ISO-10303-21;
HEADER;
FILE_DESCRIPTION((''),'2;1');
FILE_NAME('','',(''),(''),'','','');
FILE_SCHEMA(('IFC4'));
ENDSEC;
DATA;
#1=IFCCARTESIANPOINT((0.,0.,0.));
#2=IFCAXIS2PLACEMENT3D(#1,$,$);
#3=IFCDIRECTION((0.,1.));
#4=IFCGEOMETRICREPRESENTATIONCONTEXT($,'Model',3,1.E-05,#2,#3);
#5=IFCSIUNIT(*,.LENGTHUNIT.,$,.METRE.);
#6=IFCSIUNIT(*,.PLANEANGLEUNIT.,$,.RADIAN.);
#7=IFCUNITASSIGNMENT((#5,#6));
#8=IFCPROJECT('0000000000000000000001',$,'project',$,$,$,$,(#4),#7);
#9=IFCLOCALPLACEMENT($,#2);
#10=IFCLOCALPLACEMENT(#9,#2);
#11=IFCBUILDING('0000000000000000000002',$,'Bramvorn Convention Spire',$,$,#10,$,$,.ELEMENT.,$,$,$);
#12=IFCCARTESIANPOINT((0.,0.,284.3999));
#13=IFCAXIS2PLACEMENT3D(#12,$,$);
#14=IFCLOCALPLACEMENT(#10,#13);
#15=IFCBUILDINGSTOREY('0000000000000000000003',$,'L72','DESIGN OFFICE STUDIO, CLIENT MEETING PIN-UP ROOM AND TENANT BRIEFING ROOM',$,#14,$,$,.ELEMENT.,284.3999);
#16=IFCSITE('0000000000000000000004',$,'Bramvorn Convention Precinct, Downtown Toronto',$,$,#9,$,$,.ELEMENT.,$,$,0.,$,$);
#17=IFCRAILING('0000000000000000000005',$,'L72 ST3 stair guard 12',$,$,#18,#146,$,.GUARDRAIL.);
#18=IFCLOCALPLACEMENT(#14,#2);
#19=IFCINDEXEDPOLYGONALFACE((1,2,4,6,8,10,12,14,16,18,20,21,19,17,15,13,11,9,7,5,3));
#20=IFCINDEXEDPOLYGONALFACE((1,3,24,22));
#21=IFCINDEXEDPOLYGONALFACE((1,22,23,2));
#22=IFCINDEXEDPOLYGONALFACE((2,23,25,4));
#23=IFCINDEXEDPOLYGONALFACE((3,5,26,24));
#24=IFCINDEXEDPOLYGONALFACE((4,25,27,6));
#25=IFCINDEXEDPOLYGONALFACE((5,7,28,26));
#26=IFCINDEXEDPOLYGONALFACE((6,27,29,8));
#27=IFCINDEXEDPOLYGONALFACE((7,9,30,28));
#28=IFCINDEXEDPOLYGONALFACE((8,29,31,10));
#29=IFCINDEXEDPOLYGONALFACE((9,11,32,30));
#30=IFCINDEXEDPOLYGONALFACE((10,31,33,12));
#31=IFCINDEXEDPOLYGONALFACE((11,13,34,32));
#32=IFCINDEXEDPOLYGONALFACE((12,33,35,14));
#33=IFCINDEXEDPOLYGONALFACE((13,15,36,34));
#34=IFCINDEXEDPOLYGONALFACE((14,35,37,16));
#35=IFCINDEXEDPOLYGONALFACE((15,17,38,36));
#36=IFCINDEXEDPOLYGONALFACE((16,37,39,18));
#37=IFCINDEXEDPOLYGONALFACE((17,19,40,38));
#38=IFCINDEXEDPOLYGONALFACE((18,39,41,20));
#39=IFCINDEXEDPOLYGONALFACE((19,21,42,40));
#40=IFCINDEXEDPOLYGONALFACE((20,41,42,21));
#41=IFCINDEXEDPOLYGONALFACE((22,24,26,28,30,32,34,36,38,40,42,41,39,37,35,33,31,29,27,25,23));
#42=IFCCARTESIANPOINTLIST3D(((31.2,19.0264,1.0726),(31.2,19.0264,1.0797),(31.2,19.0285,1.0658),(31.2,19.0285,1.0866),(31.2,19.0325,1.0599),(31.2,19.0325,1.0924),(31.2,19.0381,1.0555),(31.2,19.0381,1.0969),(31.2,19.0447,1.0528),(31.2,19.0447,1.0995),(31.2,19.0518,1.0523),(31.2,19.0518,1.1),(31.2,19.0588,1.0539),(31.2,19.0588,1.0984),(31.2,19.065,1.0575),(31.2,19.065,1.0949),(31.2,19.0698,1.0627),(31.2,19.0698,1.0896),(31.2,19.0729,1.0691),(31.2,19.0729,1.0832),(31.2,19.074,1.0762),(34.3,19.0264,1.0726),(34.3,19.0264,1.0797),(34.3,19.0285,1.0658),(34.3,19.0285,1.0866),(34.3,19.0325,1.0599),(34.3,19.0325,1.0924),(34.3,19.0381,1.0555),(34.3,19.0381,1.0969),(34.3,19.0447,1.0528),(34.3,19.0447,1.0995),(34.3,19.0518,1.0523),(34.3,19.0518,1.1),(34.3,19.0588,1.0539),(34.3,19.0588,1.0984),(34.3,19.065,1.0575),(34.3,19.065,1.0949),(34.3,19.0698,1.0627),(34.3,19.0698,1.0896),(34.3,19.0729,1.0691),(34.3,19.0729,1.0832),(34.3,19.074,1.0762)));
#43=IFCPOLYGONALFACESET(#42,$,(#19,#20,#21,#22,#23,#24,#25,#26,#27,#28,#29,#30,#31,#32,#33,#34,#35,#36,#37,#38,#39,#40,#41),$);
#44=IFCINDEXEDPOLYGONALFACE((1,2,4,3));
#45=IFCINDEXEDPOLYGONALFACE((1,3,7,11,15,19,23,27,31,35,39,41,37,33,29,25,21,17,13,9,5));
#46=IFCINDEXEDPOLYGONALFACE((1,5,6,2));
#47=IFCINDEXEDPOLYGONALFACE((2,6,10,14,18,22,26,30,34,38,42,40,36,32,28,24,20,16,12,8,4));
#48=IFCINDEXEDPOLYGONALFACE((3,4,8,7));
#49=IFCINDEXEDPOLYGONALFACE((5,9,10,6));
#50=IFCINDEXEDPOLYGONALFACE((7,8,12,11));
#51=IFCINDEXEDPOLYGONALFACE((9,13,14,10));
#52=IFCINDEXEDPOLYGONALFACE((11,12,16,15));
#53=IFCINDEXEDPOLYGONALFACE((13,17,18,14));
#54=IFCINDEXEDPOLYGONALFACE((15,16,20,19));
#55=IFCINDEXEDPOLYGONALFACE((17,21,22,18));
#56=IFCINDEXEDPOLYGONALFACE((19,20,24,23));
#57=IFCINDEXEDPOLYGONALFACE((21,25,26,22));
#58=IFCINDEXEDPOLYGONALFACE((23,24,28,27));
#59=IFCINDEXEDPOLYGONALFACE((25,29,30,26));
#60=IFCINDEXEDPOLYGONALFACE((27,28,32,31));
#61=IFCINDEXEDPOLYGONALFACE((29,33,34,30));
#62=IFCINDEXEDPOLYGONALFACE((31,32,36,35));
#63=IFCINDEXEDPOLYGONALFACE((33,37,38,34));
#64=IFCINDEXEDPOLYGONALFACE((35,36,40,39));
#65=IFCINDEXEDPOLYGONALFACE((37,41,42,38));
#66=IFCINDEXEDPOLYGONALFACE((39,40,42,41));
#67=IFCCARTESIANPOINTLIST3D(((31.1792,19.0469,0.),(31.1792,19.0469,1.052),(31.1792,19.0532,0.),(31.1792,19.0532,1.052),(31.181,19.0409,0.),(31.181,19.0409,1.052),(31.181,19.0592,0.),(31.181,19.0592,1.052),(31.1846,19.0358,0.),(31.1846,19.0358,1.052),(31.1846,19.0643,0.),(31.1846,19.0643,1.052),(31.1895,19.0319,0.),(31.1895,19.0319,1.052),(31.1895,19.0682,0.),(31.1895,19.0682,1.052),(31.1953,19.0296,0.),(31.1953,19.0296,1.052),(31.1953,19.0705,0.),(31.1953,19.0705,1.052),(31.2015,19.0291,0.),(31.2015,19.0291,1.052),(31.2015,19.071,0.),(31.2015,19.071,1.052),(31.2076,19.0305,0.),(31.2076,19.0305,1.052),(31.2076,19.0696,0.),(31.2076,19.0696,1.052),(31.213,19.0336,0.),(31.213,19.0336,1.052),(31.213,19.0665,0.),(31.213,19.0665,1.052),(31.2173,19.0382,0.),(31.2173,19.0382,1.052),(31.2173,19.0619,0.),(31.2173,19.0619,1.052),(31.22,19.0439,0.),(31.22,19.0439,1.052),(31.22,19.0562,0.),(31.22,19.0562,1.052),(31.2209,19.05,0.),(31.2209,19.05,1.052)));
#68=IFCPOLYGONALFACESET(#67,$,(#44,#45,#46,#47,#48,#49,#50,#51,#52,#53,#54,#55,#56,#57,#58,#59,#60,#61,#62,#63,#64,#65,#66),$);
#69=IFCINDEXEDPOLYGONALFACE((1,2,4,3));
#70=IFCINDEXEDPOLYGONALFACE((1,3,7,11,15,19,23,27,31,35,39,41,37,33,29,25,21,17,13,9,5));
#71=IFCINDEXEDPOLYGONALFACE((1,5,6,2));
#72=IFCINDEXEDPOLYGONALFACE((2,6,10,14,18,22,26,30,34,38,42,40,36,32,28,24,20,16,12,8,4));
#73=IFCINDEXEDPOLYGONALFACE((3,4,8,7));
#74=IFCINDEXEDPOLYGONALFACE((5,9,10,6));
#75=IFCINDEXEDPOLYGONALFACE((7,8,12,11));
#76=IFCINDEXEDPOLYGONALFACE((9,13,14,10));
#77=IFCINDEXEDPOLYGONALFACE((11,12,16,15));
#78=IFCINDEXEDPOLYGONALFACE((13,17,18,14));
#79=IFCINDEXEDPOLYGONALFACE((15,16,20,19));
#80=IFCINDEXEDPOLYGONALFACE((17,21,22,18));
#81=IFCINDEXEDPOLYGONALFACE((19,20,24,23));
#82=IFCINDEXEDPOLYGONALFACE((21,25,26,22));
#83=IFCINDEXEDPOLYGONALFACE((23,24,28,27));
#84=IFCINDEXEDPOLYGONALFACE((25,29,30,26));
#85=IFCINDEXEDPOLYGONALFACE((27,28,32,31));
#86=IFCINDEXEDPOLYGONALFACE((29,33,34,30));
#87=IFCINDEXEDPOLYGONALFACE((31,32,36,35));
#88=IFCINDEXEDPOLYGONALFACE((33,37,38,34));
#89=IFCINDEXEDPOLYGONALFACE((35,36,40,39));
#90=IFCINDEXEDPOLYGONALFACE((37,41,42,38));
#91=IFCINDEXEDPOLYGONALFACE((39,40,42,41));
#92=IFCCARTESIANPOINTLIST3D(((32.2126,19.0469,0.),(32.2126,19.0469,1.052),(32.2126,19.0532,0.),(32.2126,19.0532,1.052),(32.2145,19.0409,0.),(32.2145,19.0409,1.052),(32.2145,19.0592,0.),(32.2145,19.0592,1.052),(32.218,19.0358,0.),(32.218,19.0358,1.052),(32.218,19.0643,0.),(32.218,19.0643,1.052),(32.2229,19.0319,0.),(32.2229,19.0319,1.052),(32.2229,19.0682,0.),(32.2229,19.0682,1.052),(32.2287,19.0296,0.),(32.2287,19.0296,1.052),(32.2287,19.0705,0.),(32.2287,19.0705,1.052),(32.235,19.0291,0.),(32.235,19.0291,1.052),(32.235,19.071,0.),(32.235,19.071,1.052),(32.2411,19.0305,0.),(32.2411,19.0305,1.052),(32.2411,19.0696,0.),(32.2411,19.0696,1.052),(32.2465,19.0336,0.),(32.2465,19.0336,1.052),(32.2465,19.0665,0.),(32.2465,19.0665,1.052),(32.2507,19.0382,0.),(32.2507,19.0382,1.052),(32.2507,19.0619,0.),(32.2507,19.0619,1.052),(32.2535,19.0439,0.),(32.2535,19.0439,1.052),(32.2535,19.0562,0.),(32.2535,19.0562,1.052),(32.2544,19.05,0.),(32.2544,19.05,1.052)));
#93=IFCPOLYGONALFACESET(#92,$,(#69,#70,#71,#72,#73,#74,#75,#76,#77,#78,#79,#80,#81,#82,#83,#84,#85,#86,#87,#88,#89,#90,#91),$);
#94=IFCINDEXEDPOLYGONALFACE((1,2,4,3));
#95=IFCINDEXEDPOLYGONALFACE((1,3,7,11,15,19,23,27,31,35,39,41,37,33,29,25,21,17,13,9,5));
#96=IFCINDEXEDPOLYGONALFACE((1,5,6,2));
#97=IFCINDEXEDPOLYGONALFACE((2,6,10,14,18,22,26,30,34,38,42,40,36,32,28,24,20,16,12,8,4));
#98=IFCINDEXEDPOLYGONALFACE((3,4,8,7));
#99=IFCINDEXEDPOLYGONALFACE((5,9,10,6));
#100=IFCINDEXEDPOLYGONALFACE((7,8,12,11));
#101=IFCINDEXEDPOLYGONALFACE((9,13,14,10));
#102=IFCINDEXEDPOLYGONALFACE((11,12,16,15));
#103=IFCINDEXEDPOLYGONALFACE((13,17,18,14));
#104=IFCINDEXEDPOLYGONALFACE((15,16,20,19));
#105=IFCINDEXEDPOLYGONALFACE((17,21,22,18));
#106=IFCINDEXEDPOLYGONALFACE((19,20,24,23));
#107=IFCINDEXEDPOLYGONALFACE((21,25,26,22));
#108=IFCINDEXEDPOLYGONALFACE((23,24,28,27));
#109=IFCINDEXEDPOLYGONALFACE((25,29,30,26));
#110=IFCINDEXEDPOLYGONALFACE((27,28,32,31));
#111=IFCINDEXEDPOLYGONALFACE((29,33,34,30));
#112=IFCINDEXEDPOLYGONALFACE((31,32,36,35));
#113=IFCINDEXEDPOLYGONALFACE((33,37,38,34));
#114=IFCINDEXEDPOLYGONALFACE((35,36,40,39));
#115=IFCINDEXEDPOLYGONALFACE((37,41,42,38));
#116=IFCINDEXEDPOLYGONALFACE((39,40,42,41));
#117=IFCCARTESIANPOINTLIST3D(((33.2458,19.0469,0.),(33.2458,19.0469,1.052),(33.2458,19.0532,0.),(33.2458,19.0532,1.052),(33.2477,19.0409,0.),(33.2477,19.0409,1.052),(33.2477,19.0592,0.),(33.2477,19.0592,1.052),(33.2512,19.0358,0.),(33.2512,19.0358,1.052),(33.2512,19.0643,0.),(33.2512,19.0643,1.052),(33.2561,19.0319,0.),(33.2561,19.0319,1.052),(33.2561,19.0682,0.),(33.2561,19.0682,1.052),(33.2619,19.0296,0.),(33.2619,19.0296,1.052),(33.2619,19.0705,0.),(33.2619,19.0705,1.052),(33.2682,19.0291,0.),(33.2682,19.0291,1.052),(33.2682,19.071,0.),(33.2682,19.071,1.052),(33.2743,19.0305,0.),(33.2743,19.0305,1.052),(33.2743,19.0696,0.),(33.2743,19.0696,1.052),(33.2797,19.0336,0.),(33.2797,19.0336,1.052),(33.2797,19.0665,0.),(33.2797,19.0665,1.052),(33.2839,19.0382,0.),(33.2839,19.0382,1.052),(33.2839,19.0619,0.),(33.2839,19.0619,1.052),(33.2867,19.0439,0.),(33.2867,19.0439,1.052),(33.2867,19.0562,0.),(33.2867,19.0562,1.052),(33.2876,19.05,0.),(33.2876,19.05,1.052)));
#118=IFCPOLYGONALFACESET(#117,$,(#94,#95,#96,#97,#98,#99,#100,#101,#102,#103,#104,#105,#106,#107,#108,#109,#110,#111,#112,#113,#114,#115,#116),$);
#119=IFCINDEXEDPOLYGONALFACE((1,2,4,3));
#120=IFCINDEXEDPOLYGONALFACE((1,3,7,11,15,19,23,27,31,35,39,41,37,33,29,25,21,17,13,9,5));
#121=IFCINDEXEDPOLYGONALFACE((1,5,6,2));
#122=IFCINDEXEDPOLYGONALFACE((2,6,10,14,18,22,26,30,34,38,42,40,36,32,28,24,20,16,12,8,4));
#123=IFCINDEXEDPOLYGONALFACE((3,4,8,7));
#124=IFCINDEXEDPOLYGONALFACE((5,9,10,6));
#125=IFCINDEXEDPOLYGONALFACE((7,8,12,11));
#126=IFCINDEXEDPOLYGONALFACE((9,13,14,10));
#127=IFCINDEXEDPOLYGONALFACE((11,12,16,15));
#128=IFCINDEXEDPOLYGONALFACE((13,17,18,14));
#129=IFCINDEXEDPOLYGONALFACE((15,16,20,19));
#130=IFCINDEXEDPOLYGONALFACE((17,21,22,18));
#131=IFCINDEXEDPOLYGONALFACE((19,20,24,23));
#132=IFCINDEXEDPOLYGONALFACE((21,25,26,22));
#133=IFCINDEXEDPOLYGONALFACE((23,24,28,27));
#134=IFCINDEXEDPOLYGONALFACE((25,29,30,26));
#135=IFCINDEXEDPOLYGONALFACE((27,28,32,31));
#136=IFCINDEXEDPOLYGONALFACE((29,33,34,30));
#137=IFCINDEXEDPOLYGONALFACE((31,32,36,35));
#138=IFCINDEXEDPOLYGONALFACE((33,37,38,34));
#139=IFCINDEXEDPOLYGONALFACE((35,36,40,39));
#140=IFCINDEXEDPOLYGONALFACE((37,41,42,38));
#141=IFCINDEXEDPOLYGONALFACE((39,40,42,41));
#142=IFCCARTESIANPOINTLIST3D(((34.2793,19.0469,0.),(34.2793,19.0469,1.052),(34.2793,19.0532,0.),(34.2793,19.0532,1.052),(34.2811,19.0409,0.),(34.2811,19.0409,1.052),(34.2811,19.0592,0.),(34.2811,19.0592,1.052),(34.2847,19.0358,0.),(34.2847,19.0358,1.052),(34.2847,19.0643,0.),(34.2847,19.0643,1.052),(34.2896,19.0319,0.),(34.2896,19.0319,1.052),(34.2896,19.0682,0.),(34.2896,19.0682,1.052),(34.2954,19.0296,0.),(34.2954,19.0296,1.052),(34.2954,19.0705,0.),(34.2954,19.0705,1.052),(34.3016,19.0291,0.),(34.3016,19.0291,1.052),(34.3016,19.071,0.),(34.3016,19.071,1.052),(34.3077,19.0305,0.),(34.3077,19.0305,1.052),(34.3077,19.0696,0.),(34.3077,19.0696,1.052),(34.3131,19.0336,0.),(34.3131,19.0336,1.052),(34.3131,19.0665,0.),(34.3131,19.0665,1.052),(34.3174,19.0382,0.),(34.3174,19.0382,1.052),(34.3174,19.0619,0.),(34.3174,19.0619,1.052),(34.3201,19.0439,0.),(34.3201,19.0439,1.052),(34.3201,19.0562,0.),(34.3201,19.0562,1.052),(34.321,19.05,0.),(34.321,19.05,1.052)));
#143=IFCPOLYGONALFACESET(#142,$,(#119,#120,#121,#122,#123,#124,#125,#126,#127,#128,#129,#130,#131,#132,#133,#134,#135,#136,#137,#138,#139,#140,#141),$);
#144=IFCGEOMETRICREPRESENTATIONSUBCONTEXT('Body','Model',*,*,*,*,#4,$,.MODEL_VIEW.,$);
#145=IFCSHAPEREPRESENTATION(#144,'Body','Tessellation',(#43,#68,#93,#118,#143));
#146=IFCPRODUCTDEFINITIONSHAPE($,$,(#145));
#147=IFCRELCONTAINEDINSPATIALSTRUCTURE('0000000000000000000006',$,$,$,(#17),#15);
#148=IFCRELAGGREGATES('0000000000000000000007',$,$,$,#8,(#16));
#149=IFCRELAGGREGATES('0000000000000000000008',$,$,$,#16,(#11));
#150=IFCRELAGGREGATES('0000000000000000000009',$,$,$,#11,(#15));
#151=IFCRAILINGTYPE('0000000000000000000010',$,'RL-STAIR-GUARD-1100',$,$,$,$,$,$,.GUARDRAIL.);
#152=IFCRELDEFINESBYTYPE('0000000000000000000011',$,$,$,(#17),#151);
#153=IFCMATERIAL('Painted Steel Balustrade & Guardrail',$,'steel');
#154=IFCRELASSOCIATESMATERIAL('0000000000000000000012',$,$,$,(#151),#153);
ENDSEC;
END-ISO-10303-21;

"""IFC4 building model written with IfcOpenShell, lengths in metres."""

from ifc_helpers import new_model, si_unit, direction, frame, origin, origin_2d, place, context, subcontext, project, spatial, circle, extrude, material, type_object, element, save


model = new_model("IFC4")

# Units and contexts
model_context = context("Model", 3, precision=1e-05, world=origin(), true_north=direction((0.0, 1.0)))
body_context = subcontext(model_context, "Body", "Model", "MODEL_VIEW")
ifc_project = project(units=[si_unit("LENGTHUNIT", "METRE"), si_unit("PLANEANGLEUNIT", "RADIAN")], contexts=[model_context])

# Site, building, storey
site_placement = place(None, origin())
site = spatial("IfcSite", under=ifc_project, at=site_placement, Name="Bramvorn Convention Precinct, Downtown Toronto", CompositionType="ELEMENT", RefElevation=0.0)
building_placement = place(site_placement, origin())
building = spatial("IfcBuilding", under=site, at=building_placement, Name="Bramvorn Convention Spire", CompositionType="ELEMENT")
storey_placement = place(building_placement, frame((0.0, 0.0, 284.3999)))
storey = spatial("IfcBuildingStorey", under=building, at=storey_placement, Name="L72", Description="DESIGN OFFICE STUDIO, CLIENT MEETING PIN-UP ROOM AND TENANT BRIEFING ROOM", CompositionType="ELEMENT", Elevation=284.3999)

# Railing
ifc_material_1 = material(Name="Painted Steel Balustrade & Guardrail", Category="steel")
railing_type_1 = type_object("IfcRailingType", Name="RL-STAIR-GUARD-1100", PredefinedType="GUARDRAIL", material=ifc_material_1)
railing_1_placement = place(storey_placement, frame((31.2, 19.05, 0.0)))
element("IfcRailing", 1, at=railing_1_placement, inside=storey, type_object=railing_type_1, Name="L72 ST3 stair guard 12", PredefinedType="GUARDRAIL", context=body_context, shape_type="SweptSolid", body=[
    extrude(circle(Radius=0.0239, at=origin_2d()), frame((0.0, 0.0, 1.0762), z_axis=(1.0, 0.0, 0.0), x_axis=(0.0, 1.0, 0.0)), (0.0, 0.0, 1.0), 3.1001),
    extrude(circle(Radius=0.021, at=origin_2d()), origin(), (0.0, 0.0, 1.0), 1.052),
    extrude(circle(Radius=0.021, at=origin_2d()), frame((1.0334, 0.0, 0.0)), (0.0, 0.0, 1.0), 1.052),
    extrude(circle(Radius=0.021, at=origin_2d()), frame((2.0667, 0.0, 0.0)), (0.0, 0.0, 1.0), 1.052),
    extrude(circle(Radius=0.021, at=origin_2d()), frame((3.1001, 0.0, 0.0)), (0.0, 0.0, 1.0), 1.052),
])

save(model, "model.ifc")
